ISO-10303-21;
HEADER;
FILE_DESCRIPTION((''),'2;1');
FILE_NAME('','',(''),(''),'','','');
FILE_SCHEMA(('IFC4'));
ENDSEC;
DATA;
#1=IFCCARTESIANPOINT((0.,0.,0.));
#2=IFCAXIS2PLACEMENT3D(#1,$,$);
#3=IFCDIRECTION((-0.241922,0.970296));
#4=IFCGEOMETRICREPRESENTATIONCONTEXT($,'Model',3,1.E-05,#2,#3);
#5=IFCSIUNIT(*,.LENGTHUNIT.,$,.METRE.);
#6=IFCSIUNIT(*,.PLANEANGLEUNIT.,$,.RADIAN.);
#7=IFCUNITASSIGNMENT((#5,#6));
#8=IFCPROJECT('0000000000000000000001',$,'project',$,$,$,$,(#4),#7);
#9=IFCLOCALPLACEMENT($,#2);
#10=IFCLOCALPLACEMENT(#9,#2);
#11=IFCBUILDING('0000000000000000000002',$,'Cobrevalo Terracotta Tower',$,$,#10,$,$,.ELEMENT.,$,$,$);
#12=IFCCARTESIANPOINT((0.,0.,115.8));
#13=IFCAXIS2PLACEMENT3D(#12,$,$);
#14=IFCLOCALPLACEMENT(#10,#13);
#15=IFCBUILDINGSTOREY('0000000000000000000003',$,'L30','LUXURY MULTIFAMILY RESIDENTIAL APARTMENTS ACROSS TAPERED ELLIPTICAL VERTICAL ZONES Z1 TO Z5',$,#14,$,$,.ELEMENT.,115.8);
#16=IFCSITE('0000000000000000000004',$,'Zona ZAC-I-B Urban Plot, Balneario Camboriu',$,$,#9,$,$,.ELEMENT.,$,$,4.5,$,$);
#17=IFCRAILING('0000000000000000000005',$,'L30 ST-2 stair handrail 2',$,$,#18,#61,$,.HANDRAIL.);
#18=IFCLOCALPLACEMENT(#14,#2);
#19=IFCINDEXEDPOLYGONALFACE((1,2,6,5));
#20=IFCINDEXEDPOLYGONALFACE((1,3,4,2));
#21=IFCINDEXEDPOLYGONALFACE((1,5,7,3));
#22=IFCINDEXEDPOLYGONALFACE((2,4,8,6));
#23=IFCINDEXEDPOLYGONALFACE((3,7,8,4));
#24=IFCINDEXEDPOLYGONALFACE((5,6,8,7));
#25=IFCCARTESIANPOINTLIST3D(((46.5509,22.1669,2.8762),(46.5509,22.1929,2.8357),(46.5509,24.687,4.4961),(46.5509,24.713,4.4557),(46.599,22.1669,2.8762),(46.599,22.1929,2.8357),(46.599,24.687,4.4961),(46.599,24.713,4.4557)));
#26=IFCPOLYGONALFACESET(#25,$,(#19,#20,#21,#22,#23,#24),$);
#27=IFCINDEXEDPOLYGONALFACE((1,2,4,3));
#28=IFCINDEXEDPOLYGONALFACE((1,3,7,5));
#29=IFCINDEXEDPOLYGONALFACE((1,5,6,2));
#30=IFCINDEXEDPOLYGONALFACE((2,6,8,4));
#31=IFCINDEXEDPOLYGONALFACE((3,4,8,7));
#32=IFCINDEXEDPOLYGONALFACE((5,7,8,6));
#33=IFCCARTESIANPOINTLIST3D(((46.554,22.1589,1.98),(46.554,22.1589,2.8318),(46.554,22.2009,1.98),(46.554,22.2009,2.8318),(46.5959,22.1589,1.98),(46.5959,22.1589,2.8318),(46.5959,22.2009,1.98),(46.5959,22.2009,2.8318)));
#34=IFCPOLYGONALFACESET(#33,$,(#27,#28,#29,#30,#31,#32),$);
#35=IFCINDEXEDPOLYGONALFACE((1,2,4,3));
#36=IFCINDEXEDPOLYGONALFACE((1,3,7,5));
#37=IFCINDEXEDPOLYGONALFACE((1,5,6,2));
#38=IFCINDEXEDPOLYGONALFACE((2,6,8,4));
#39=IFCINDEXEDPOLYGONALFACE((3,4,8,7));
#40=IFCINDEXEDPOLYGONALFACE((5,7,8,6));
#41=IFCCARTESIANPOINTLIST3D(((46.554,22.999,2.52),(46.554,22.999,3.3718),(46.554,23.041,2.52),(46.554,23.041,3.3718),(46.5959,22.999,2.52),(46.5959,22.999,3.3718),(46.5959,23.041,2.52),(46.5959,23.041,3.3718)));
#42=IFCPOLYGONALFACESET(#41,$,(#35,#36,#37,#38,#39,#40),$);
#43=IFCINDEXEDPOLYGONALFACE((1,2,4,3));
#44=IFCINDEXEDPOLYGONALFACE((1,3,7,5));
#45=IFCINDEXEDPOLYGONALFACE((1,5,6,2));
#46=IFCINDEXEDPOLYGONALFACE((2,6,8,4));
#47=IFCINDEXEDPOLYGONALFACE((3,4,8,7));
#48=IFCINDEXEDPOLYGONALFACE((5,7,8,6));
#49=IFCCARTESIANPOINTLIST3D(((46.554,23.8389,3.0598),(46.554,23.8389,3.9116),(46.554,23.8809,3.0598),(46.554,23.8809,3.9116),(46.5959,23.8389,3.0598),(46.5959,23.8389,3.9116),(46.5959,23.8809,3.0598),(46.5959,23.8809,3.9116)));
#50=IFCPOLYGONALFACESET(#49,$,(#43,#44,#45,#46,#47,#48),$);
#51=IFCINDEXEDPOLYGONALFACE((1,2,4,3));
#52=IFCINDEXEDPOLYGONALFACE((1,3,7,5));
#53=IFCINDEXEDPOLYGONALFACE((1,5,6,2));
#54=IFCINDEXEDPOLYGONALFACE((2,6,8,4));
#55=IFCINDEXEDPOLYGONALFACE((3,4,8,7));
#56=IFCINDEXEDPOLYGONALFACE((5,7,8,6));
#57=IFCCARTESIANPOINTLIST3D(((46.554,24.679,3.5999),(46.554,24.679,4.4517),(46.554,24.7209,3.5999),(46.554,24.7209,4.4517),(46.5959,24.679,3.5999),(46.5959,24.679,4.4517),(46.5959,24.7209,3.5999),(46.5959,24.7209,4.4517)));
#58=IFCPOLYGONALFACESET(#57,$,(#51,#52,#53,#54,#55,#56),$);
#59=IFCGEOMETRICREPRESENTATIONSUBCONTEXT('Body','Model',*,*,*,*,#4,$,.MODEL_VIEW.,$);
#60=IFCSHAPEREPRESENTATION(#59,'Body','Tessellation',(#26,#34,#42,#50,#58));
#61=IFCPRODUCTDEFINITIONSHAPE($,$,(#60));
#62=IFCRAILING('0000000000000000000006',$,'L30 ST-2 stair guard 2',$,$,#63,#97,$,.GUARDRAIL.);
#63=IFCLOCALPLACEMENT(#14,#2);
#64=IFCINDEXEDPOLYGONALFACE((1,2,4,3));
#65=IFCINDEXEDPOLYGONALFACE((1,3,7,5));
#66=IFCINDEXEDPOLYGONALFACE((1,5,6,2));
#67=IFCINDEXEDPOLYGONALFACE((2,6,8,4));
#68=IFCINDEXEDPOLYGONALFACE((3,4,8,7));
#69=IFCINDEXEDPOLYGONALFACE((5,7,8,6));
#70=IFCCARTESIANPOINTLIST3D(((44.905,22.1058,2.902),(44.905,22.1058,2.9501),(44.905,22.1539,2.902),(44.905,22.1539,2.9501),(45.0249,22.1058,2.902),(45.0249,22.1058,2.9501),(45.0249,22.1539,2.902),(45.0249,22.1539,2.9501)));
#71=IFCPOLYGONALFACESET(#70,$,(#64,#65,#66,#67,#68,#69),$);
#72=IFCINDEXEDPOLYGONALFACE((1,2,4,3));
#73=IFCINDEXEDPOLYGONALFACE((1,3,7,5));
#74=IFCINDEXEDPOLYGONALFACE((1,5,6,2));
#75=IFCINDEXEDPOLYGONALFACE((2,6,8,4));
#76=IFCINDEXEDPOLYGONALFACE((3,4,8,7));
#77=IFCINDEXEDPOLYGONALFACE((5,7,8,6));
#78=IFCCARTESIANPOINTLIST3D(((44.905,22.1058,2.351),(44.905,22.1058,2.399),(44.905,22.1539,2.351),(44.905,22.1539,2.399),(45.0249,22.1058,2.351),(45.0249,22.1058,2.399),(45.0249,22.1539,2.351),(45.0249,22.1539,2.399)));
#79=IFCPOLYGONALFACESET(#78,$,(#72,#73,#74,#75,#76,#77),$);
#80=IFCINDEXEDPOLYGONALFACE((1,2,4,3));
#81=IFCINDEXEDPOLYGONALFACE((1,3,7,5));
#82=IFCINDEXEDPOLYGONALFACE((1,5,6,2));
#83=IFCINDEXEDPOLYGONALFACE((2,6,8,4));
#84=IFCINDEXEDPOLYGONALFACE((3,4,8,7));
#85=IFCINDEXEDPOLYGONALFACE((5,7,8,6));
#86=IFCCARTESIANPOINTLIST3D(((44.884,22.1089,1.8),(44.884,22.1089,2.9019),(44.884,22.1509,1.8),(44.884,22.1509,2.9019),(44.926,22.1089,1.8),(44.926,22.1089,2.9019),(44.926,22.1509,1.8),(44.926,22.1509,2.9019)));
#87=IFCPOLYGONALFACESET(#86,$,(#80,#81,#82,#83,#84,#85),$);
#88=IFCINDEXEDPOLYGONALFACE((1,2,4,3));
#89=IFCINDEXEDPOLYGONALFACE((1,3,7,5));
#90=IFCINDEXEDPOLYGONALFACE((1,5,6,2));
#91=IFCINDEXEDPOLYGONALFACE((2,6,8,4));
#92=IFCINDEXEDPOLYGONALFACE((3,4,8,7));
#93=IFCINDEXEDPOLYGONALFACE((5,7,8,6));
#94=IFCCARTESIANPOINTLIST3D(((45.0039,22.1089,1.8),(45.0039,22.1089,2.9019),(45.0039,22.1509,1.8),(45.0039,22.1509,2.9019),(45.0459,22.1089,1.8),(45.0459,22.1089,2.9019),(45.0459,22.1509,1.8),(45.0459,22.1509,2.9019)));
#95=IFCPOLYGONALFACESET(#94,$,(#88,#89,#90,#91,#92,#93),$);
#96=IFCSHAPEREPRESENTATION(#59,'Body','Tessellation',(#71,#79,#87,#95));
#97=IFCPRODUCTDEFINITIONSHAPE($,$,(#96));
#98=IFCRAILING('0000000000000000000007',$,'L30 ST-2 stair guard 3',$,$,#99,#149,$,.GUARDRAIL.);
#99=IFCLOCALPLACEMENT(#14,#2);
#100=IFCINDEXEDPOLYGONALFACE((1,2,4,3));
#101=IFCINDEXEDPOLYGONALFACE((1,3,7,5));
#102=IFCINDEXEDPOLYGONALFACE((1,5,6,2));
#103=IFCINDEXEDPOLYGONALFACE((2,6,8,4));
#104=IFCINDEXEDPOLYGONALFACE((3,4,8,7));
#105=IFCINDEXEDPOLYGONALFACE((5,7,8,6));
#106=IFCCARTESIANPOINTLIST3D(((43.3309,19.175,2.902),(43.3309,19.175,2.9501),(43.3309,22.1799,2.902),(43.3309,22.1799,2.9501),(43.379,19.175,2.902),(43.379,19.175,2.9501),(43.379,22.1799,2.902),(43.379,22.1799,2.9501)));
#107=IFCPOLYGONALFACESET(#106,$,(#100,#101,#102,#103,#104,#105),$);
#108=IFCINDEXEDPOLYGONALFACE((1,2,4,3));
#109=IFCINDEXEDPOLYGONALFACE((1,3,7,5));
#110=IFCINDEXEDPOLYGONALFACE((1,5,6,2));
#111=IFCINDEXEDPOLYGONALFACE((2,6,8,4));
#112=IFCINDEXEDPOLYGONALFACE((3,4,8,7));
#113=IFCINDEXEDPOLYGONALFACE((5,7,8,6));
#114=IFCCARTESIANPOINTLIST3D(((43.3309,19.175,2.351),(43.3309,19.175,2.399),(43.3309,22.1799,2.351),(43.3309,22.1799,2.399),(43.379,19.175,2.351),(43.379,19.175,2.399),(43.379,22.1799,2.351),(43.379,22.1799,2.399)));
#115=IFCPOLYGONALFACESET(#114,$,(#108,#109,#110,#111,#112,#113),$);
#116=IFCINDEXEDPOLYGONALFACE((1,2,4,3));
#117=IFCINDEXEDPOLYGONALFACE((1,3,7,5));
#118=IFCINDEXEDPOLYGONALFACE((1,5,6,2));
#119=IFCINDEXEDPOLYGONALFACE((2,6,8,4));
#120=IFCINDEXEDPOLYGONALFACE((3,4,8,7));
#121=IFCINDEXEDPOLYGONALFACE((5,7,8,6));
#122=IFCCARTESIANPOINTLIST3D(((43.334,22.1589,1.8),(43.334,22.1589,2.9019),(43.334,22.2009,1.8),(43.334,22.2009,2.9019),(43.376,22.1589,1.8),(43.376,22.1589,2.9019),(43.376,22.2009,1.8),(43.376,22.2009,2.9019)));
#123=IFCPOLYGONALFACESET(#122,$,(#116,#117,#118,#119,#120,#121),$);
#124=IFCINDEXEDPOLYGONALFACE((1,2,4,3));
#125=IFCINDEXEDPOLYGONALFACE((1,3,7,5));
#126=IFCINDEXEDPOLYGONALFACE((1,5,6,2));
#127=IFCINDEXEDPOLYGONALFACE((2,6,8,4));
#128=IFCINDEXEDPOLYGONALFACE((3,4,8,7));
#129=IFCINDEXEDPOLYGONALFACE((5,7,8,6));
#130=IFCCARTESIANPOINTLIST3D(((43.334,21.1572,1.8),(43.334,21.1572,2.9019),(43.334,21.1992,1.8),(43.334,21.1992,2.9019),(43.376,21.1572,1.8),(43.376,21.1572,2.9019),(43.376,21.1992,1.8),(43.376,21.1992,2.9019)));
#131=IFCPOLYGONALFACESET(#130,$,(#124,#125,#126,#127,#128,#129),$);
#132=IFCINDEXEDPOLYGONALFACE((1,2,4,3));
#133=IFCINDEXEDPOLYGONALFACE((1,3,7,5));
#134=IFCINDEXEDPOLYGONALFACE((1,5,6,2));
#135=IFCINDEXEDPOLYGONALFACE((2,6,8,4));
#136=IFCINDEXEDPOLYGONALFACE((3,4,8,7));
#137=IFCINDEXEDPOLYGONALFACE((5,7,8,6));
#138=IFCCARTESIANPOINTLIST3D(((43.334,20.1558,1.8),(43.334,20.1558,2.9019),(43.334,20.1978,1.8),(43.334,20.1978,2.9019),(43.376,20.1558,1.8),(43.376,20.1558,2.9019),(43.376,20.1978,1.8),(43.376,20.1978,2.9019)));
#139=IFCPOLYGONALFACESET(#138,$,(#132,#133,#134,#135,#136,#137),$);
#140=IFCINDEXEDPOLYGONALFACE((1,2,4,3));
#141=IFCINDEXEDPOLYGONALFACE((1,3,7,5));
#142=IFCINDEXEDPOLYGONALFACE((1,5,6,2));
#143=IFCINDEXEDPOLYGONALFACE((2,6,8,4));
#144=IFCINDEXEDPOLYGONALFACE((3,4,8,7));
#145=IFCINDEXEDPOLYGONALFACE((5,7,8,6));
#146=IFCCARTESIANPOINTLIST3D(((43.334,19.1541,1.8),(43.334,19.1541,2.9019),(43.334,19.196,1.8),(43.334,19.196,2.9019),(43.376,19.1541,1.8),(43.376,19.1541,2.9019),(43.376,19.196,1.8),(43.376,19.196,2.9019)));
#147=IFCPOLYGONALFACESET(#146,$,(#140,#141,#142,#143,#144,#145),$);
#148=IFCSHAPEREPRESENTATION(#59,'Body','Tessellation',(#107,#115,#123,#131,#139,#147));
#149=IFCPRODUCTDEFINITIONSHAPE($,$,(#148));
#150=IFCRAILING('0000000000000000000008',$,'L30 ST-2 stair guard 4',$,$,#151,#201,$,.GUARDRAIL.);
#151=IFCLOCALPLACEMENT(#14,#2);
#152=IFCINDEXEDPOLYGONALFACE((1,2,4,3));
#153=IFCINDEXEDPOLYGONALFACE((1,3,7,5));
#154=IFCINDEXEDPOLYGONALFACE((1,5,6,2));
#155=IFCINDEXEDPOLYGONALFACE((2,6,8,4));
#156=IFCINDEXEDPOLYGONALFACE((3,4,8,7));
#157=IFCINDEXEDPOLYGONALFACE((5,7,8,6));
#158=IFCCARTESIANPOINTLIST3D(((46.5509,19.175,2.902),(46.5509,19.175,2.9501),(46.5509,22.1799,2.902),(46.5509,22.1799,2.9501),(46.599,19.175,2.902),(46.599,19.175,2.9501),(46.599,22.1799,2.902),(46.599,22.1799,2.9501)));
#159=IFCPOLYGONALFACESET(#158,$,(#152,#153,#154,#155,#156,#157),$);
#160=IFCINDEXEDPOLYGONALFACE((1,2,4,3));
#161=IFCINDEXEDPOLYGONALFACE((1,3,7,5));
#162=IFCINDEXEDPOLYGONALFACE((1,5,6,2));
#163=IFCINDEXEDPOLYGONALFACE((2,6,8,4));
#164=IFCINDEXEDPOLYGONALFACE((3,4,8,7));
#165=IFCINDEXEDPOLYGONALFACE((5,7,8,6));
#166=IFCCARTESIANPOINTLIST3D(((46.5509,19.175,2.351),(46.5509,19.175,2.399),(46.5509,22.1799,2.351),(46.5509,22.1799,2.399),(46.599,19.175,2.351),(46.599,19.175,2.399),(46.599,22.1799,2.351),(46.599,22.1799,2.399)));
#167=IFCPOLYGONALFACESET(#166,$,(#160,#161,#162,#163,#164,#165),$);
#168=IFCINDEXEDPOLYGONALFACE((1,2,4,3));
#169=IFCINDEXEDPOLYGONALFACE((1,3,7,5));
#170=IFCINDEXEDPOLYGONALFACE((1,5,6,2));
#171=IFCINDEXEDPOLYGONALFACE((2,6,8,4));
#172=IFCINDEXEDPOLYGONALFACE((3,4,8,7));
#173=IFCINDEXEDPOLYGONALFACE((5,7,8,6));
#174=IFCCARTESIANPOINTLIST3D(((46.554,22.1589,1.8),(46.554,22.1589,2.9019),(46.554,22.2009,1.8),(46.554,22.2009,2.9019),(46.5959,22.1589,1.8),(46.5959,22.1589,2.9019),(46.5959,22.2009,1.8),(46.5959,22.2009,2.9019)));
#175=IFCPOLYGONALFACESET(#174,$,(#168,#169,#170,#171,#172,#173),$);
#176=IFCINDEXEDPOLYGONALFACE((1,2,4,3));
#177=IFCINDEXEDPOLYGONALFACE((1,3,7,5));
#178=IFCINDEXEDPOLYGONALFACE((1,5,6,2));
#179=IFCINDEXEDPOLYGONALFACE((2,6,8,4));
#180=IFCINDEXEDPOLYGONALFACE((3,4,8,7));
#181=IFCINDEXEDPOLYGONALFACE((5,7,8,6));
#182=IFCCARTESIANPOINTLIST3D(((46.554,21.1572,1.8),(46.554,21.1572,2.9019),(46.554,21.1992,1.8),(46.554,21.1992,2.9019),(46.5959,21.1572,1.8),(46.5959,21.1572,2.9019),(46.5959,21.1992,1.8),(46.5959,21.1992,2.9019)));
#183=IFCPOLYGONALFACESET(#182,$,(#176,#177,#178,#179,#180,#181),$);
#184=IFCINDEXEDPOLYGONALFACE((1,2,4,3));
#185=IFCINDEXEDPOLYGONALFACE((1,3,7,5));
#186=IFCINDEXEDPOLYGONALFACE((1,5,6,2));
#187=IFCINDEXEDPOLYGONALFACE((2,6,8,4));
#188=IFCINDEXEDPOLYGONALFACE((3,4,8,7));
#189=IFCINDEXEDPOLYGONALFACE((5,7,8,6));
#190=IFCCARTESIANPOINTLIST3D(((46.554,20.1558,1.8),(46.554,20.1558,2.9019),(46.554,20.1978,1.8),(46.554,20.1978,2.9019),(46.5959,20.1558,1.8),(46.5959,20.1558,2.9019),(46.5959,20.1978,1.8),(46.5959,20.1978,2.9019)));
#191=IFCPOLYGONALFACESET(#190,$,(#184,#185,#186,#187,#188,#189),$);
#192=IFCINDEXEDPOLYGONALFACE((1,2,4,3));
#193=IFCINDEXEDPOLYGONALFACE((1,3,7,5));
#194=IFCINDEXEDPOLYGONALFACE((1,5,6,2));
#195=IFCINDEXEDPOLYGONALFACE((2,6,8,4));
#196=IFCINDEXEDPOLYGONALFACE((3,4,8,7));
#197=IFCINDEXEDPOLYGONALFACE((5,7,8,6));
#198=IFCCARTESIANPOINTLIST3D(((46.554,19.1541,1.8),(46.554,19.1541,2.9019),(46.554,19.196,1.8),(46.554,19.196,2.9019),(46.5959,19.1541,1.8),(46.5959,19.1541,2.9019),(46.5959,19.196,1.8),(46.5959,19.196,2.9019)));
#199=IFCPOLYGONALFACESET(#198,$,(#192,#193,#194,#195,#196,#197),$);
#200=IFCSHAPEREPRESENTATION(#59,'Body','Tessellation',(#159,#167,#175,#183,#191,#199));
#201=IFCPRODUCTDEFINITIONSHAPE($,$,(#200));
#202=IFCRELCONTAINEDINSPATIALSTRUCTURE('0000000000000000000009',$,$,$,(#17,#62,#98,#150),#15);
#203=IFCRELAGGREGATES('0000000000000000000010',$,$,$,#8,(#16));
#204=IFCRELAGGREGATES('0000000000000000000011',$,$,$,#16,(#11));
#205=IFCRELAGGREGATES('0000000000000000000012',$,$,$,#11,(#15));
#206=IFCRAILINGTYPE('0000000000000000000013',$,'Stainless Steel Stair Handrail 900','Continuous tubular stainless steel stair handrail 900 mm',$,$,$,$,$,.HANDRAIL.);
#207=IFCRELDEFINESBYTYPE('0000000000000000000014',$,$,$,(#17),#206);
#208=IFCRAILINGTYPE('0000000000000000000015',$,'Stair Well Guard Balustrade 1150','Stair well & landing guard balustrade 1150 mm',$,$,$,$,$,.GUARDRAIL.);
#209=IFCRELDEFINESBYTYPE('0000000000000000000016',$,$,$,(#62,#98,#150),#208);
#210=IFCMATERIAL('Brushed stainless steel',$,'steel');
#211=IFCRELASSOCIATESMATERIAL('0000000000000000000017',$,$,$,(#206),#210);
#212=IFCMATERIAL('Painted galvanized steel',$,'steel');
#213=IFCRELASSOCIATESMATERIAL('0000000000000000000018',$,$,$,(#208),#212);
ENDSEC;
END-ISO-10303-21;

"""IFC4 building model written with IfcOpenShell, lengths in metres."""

from ifc_helpers import new_model, si_unit, direction, frame, origin, origin_2d, place, context, subcontext, project, spatial, rectangle, extrude, material, type_object, element, save


model = new_model("IFC4")

# Units and contexts
model_context = context("Model", 3, precision=1e-05, world=origin(), true_north=direction((-0.241922, 0.970296)))
body_context = subcontext(model_context, "Body", "Model", "MODEL_VIEW")
ifc_project = project(units=[si_unit("LENGTHUNIT", "METRE"), si_unit("PLANEANGLEUNIT", "RADIAN")], contexts=[model_context])

# Site, building, storey
site_placement = place(None, origin())
site = spatial("IfcSite", under=ifc_project, at=site_placement, Name="Zona ZAC-I-B Urban Plot, Balneario Camboriu", CompositionType="ELEMENT", RefElevation=4.5)
building_placement = place(site_placement, origin())
building = spatial("IfcBuilding", under=site, at=building_placement, Name="Cobrevalo Terracotta Tower", CompositionType="ELEMENT")
storey_placement = place(building_placement, frame((0.0, 0.0, 115.8)))
storey = spatial("IfcBuildingStorey", under=building, at=storey_placement, Name="L30", Description="LUXURY MULTIFAMILY RESIDENTIAL APARTMENTS ACROSS TAPERED ELLIPTICAL VERTICAL ZONES Z1 TO Z5", CompositionType="ELEMENT", Elevation=115.8)

# Railings
ifc_material_1 = material(Name="Brushed stainless steel", Category="steel")
railing_type_1 = type_object("IfcRailingType", Name="Stainless Steel Stair Handrail 900", Description="Continuous tubular stainless steel stair handrail 900 mm", PredefinedType="HANDRAIL", material=ifc_material_1)
railing_1_placement = place(storey_placement, frame((46.575, 22.1799, 1.98)))
element("IfcRailing", 1, at=railing_1_placement, inside=storey, type_object=railing_type_1, Name="L30 ST-2 stair handrail 2", PredefinedType="HANDRAIL", context=body_context, shape_type="SweptSolid", body=[
    extrude(rectangle(XDim=0.0481, YDim=0.0481, at=origin_2d()), frame((0.0, 0.0, 0.876), z_axis=(0.0, 0.8412, 0.540725), x_axis=(-1.0, 0.0, 0.0)), (0.0, 0.0, 1.0), 2.9958),
    extrude(rectangle(XDim=0.042, YDim=0.042, at=origin_2d()), origin(), (0.0, 0.0, 1.0), 0.8518),
    extrude(rectangle(XDim=0.042, YDim=0.042, at=origin_2d()), frame((0.0, 0.8401, 0.54)), (0.0, 0.0, 1.0), 0.8518),
    extrude(rectangle(XDim=0.042, YDim=0.042, at=origin_2d()), frame((0.0, 1.6799, 1.0798)), (0.0, 0.0, 1.0), 0.8518),
    extrude(rectangle(XDim=0.042, YDim=0.042, at=origin_2d()), frame((0.0, 2.52, 1.6199)), (0.0, 0.0, 1.0), 0.8518),
])
ifc_material_2 = material(Name="Painted galvanized steel", Category="steel")
railing_type_2 = type_object("IfcRailingType", Name="Stair Well Guard Balustrade 1150", Description="Stair well & landing guard balustrade 1150 mm", PredefinedType="GUARDRAIL", material=ifc_material_2)
railing_2_placement = place(storey_placement, frame((44.905, 22.1299, 1.8)))
element("IfcRailing", 2, at=railing_2_placement, inside=storey, type_object=railing_type_2, Name="L30 ST-2 stair guard 2", PredefinedType="GUARDRAIL", context=body_context, shape_type="SweptSolid", body=[
    extrude(rectangle(XDim=0.0481, YDim=0.0481, at=origin_2d()), frame((0.0, 0.0, 1.126), z_axis=(1.0, 0.0, 0.0), x_axis=(0.0, 1.0, 0.0)), (0.0, 0.0, 1.0), 0.1199),
    extrude(rectangle(XDim=0.0481, YDim=0.0481, at=origin_2d()), frame((0.0, 0.0, 0.575), z_axis=(1.0, 0.0, 0.0), x_axis=(0.0, 1.0, 0.0)), (0.0, 0.0, 1.0), 0.1199),
    extrude(rectangle(XDim=0.042, YDim=0.042, at=origin_2d()), origin(), (0.0, 0.0, 1.0), 1.1018),
    extrude(rectangle(XDim=0.042, YDim=0.042, at=origin_2d()), frame((0.1199, 0.0, 0.0)), (0.0, 0.0, 1.0), 1.1018),
])
for number, where, name in (
    (3, (43.355, 22.1799, 1.8), "L30 ST-2 stair guard 3"),
    (4, (46.575, 22.1799, 1.8), "L30 ST-2 stair guard 4"),
):
    element("IfcRailing", number, at=place(storey_placement, frame(where)), inside=storey, type_object=railing_type_2, Name=name, PredefinedType="GUARDRAIL", context=body_context, shape_type="SweptSolid", body=[
        extrude(rectangle(XDim=0.0481, YDim=0.0481, at=origin_2d()), frame((0.0, 0.0, 1.126), z_axis=(0.0, -1.0, 0.0), x_axis=(1.0, 0.0, 0.0)), (0.0, 0.0, 1.0), 3.0049),
        extrude(rectangle(XDim=0.0481, YDim=0.0481, at=origin_2d()), frame((0.0, 0.0, 0.575), z_axis=(0.0, -1.0, 0.0), x_axis=(1.0, 0.0, 0.0)), (0.0, 0.0, 1.0), 3.0049),
        extrude(rectangle(XDim=0.042, YDim=0.042, at=origin_2d()), origin(), (0.0, 0.0, 1.0), 1.1018),
        extrude(rectangle(XDim=0.042, YDim=0.042, at=origin_2d()), frame((0.0, -1.0017, 0.0)), (0.0, 0.0, 1.0), 1.1018),
        extrude(rectangle(XDim=0.042, YDim=0.042, at=origin_2d()), frame((0.0, -2.0032, 0.0)), (0.0, 0.0, 1.0), 1.1018),
        extrude(rectangle(XDim=0.042, YDim=0.042, at=origin_2d()), frame((0.0, -3.0049, 0.0)), (0.0, 0.0, 1.0), 1.1018),
    ])

save(model, "model.ifc")
